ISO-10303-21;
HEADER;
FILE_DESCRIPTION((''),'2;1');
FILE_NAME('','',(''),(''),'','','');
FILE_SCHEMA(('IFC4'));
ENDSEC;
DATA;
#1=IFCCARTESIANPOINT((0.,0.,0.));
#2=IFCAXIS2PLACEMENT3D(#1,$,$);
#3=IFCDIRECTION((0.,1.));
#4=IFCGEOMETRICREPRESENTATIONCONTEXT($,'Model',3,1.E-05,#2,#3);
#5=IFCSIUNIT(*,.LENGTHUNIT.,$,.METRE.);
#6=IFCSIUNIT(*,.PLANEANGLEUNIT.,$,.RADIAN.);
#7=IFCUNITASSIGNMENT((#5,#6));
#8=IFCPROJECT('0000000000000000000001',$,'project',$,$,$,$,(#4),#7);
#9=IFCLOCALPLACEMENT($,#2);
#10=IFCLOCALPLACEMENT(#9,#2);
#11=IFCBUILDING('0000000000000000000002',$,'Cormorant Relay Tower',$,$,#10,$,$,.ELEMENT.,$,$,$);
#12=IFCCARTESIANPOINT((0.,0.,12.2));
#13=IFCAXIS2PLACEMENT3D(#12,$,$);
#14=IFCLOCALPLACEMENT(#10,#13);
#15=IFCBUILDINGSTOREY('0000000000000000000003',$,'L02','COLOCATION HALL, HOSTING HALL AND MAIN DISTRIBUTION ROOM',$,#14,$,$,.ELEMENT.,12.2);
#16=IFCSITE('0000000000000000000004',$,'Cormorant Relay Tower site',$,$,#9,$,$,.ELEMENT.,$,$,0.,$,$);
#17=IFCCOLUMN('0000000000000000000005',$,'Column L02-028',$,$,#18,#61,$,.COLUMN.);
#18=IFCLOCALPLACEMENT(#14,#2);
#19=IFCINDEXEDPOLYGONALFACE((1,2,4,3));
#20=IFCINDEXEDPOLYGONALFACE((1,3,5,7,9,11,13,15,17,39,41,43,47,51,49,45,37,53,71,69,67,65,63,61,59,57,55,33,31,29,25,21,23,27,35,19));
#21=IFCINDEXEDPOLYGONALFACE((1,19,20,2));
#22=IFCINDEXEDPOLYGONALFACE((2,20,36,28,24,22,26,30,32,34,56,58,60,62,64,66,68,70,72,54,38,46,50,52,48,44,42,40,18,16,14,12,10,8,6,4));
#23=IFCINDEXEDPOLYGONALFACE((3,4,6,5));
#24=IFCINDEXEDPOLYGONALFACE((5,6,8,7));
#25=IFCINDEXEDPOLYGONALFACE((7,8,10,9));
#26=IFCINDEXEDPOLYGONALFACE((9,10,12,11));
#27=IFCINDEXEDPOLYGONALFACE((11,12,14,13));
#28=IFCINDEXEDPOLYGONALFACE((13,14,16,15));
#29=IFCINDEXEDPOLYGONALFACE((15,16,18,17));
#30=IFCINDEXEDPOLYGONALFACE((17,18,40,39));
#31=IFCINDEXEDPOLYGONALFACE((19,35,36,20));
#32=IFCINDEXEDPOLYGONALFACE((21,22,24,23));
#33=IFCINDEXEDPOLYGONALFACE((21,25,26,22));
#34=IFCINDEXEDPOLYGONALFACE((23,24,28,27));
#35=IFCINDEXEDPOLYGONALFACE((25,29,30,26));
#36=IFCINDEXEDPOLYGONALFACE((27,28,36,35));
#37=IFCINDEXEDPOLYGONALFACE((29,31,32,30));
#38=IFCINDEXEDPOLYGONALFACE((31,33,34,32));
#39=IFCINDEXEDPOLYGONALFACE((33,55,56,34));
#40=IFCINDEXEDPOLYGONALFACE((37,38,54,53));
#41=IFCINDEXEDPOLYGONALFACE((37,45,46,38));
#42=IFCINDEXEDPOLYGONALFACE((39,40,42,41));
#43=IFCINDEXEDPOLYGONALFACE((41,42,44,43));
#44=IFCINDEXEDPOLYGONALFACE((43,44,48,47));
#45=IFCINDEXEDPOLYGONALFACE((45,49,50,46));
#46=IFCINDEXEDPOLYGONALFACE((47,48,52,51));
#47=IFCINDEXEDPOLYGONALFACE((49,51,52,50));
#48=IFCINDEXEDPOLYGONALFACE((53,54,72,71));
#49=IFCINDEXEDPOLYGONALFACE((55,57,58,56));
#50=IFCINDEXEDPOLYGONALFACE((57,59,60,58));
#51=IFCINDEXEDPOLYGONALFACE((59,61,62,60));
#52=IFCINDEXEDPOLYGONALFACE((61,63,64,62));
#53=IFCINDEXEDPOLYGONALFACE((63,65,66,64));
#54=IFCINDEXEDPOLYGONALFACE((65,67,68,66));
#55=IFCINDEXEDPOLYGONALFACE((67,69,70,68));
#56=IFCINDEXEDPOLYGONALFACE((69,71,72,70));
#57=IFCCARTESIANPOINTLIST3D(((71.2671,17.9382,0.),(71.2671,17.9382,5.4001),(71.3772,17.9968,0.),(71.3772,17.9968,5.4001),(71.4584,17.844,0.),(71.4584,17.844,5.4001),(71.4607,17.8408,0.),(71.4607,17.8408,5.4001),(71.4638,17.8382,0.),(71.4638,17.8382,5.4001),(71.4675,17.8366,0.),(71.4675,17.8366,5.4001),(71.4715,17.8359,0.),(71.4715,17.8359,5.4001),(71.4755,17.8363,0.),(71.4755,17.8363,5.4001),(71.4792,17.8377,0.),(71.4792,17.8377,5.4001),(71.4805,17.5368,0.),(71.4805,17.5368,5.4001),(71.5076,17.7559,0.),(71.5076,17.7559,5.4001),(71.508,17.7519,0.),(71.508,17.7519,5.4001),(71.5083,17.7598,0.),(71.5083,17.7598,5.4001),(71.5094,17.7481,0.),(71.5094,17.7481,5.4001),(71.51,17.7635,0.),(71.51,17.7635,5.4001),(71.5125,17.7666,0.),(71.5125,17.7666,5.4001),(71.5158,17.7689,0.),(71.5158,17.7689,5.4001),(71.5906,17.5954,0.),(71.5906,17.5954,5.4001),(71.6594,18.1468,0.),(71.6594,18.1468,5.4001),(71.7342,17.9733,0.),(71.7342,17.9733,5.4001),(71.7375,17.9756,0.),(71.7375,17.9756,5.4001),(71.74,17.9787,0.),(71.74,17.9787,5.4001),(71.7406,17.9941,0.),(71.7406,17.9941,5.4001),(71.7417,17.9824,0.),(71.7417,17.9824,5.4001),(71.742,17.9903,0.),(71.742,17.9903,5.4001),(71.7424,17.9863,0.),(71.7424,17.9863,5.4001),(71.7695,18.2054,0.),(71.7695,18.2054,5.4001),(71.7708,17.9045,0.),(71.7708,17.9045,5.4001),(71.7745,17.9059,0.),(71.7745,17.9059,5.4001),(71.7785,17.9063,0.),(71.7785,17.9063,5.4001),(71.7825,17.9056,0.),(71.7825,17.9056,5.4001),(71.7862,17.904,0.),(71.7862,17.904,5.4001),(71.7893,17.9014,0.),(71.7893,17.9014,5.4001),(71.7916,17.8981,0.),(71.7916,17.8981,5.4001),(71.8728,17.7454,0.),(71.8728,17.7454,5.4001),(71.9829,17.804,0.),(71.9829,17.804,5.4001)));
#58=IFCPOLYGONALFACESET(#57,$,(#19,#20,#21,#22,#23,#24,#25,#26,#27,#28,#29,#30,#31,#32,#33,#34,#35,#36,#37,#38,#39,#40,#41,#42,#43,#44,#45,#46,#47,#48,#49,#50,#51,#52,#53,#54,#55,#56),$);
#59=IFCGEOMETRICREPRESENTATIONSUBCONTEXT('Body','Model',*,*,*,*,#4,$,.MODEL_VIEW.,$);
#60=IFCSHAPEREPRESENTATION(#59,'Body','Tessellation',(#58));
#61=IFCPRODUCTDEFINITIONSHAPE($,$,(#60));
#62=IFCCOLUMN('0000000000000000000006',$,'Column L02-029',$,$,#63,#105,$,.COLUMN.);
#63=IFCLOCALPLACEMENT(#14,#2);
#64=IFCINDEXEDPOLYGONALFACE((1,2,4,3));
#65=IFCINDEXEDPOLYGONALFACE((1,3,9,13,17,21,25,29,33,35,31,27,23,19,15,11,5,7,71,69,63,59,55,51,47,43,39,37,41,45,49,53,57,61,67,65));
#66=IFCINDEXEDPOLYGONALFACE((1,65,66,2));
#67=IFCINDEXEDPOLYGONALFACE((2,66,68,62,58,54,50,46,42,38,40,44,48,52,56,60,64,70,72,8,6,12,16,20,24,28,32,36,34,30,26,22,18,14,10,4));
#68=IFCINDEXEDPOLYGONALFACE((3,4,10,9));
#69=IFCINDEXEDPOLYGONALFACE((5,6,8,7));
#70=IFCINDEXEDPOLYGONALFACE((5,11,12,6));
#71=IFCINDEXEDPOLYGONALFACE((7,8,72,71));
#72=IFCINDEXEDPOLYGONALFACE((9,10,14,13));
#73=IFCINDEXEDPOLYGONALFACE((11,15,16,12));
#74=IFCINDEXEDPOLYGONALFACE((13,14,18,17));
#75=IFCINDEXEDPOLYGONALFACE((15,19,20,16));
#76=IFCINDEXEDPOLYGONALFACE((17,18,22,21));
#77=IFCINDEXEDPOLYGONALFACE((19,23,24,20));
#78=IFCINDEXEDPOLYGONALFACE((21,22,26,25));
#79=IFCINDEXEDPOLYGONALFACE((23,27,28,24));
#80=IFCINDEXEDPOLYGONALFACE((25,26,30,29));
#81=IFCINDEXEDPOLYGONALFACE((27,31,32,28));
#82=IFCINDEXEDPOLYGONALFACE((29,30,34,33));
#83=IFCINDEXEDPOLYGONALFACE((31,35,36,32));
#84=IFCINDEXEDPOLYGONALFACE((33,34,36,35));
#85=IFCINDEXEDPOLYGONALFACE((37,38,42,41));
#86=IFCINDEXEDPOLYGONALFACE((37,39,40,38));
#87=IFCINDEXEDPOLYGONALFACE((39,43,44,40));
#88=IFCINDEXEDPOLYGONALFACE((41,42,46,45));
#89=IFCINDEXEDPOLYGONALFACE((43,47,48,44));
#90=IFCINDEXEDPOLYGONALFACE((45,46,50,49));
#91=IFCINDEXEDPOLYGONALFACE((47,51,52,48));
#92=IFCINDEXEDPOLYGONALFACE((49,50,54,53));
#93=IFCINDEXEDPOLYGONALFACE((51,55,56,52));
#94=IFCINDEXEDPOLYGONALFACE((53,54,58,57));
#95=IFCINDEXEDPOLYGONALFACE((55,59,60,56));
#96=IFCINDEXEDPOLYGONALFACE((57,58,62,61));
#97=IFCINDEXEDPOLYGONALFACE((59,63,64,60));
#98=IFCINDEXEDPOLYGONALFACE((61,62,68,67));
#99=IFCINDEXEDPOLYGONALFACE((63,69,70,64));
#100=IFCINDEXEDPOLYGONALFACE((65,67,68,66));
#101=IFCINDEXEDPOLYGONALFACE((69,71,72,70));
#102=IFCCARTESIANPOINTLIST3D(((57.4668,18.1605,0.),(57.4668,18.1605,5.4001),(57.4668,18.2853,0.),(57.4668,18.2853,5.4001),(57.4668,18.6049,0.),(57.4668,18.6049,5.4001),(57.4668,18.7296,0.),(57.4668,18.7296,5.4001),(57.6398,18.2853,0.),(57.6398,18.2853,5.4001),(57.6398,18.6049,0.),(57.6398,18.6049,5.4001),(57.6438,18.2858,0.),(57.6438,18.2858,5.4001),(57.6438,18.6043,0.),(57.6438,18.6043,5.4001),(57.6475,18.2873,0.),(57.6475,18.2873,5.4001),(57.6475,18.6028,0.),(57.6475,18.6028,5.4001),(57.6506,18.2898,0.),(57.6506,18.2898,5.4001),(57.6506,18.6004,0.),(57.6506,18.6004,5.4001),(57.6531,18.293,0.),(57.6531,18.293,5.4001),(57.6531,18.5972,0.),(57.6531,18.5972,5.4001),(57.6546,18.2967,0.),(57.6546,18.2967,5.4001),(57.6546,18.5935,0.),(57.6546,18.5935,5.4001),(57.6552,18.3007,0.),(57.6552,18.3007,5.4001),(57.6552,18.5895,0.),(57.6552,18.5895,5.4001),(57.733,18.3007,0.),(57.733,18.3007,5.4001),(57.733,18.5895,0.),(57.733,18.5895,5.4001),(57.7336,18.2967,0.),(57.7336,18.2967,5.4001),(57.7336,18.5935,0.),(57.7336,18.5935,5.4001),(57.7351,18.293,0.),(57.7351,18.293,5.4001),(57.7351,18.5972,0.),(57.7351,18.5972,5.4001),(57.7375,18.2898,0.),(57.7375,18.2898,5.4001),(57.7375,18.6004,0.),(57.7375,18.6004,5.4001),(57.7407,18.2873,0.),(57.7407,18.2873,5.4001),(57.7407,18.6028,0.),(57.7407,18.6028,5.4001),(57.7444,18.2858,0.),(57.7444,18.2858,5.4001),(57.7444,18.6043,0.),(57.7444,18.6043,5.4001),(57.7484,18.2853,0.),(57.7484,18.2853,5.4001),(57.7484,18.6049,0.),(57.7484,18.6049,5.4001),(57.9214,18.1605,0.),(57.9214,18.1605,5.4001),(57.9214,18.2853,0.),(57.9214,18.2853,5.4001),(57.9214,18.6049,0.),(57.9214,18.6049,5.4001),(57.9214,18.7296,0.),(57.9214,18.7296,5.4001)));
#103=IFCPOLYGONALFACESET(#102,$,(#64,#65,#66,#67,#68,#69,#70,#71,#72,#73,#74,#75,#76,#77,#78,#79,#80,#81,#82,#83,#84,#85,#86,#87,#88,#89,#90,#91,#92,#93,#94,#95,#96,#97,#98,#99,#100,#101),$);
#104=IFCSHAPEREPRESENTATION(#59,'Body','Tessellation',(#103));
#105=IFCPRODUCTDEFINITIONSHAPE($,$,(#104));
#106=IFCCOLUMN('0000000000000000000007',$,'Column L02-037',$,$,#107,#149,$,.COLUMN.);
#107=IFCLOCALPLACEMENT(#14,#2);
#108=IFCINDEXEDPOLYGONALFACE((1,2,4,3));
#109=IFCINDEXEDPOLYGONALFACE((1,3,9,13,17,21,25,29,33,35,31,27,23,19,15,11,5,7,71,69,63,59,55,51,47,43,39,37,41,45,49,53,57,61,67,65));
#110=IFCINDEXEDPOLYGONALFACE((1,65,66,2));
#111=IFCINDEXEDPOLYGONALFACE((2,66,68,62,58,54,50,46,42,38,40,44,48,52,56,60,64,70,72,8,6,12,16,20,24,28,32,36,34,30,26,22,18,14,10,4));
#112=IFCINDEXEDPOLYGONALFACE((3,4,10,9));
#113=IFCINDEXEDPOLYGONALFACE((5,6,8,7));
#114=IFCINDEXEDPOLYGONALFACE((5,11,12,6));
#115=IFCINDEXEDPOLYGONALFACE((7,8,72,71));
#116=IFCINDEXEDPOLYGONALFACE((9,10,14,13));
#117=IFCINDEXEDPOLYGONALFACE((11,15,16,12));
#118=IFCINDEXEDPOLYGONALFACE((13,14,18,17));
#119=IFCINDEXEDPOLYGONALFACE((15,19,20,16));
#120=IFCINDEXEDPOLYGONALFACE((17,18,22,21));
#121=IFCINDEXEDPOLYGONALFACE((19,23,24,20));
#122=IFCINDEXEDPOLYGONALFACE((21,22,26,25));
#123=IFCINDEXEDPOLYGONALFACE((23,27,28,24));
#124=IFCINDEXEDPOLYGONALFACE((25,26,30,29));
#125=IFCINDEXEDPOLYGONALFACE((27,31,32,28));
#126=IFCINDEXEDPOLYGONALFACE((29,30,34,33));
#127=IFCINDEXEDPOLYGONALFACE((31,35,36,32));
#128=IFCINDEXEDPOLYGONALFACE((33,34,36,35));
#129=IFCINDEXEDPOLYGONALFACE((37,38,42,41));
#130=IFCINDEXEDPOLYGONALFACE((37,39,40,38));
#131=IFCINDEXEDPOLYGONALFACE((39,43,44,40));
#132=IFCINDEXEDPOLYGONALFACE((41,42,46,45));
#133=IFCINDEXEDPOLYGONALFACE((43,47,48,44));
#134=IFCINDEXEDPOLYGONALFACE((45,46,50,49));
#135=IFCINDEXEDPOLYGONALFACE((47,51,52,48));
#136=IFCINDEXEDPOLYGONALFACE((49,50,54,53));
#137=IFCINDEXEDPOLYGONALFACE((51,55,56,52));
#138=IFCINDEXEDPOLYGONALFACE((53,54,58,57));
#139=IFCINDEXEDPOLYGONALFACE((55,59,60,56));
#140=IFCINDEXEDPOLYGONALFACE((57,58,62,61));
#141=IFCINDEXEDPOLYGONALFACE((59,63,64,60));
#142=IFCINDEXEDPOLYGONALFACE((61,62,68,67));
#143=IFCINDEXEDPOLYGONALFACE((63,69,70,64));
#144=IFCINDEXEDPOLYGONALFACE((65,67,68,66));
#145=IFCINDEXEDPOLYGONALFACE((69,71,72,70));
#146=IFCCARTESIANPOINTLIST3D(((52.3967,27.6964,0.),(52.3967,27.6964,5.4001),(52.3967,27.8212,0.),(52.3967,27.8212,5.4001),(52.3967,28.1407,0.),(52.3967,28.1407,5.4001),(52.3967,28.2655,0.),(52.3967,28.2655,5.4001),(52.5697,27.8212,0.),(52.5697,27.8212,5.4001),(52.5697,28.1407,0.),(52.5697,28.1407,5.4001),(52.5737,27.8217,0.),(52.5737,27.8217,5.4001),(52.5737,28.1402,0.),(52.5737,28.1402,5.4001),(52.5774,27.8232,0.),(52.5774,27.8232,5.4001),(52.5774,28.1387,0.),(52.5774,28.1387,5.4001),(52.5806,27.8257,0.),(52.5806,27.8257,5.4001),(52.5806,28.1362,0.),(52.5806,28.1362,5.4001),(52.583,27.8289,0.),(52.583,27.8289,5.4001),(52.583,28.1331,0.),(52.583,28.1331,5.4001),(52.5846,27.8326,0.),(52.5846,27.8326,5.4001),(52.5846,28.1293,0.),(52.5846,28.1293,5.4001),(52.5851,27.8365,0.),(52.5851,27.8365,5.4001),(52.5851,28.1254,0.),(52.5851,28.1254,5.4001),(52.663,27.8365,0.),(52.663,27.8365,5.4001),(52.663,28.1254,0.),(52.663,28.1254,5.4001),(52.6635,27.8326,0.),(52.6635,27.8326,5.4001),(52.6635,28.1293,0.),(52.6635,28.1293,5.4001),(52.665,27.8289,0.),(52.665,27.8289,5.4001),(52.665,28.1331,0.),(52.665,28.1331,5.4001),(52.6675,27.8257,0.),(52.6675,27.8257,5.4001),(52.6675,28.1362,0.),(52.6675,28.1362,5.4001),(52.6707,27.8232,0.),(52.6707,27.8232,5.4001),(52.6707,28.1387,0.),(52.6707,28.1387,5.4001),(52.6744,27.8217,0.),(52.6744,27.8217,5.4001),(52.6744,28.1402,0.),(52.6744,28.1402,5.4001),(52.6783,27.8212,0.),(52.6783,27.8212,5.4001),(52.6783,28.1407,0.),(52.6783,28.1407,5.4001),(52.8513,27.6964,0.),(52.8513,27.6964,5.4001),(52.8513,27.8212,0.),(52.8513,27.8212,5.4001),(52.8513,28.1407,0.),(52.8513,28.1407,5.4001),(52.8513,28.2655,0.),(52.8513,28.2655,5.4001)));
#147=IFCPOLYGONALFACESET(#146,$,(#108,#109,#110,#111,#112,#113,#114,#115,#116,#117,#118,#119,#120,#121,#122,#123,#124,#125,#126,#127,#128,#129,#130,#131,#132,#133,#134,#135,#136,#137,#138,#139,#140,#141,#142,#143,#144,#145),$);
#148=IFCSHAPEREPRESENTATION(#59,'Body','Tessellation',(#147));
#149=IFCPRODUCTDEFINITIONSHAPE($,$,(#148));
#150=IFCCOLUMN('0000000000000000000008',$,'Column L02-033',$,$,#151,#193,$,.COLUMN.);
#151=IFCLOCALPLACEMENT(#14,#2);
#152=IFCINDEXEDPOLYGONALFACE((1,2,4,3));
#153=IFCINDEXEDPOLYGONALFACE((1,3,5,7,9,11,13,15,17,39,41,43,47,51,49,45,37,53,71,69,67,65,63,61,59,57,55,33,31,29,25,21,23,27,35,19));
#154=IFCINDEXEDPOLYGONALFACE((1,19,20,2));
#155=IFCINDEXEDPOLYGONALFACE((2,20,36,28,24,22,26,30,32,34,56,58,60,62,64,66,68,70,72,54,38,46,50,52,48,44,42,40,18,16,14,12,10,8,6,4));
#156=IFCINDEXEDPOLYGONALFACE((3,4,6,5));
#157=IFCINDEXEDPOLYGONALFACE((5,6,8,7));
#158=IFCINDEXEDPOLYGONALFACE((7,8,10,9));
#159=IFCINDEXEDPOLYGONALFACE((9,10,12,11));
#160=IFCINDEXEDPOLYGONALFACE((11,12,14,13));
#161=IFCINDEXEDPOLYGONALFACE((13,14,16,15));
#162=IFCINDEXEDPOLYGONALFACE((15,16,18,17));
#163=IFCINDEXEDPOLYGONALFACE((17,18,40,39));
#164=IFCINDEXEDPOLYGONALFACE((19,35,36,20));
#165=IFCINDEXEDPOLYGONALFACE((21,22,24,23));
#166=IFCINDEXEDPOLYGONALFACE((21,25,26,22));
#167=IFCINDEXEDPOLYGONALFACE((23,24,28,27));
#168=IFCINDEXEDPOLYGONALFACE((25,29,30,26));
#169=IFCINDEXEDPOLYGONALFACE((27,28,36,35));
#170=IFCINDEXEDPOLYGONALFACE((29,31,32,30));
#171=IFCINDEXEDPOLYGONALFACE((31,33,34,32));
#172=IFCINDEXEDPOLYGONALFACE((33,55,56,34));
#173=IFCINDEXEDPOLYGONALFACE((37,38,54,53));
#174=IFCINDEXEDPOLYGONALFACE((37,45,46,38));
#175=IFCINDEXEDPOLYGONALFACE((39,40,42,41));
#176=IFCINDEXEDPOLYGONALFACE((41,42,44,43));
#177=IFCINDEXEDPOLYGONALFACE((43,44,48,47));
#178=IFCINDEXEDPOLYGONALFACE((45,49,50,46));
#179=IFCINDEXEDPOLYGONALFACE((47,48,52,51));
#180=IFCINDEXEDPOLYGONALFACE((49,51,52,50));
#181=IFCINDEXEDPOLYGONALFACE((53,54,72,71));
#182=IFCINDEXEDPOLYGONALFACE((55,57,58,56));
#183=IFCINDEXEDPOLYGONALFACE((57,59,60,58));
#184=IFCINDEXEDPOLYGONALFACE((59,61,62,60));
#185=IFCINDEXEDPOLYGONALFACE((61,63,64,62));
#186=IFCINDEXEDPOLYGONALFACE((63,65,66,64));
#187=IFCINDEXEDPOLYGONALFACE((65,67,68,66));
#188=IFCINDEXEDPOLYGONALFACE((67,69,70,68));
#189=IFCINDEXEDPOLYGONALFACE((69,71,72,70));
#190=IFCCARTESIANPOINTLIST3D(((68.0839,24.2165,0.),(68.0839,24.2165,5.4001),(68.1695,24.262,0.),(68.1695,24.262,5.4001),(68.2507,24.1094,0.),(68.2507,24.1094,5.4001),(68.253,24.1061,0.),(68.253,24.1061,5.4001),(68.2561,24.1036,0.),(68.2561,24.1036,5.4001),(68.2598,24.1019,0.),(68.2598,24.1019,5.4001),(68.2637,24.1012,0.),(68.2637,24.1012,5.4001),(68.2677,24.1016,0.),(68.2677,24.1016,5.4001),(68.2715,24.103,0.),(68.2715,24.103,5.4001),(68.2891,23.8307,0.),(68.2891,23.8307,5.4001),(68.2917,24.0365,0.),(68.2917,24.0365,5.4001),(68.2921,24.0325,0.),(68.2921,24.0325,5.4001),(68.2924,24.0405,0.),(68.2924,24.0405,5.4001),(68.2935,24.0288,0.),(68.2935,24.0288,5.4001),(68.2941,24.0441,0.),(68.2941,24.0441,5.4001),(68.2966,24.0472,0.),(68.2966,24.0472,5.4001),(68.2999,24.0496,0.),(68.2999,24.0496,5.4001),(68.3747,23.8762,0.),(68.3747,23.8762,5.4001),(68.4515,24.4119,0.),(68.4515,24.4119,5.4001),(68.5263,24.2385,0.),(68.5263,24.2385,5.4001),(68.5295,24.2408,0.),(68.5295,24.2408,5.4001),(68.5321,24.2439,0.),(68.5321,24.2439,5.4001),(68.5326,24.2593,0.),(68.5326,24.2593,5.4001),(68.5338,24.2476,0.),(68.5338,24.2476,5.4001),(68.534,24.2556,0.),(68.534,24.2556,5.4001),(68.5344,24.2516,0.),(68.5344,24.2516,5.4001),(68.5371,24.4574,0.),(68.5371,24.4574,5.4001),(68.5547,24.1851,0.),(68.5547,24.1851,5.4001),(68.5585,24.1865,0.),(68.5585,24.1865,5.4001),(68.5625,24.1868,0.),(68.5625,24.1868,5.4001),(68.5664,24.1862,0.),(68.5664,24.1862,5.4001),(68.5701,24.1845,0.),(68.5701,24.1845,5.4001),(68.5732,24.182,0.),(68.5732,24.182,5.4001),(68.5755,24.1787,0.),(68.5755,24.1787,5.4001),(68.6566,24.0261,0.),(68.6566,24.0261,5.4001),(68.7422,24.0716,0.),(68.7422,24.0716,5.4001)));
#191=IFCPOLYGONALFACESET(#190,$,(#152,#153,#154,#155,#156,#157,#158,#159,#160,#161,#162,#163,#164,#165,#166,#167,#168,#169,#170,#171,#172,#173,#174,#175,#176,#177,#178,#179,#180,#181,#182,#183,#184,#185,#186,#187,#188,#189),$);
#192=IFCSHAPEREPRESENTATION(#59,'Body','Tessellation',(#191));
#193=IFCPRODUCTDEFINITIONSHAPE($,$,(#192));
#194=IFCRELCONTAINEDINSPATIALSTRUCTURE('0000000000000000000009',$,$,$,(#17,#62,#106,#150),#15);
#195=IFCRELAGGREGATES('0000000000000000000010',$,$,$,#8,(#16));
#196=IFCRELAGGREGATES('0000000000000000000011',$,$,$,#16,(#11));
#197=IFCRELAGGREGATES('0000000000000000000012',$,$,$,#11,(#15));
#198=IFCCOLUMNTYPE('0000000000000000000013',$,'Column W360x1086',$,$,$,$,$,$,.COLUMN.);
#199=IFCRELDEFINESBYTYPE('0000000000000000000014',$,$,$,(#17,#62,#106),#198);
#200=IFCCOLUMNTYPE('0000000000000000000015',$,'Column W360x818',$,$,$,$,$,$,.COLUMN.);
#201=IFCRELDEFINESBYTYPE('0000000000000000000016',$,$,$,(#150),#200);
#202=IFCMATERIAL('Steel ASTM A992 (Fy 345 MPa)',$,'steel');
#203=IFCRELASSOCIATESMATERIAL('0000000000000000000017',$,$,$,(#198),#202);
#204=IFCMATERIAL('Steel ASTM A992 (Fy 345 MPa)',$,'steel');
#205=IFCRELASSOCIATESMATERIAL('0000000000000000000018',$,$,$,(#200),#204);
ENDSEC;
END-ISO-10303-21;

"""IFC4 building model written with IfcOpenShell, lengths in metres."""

from ifc_helpers import new_model, si_unit, direction, frame, origin, origin_2d, place, context, subcontext, project, spatial, i_section, extrude, material, material_profile, profile_set, type_object, element, save


model = new_model("IFC4")

# Units and contexts
model_context = context("Model", 3, precision=1e-05, world=origin(), true_north=direction((0.0, 1.0)))
body_context = subcontext(model_context, "Body", "Model", "MODEL_VIEW")
ifc_project = project(units=[si_unit("LENGTHUNIT", "METRE"), si_unit("PLANEANGLEUNIT", "RADIAN")], contexts=[model_context])

# Site, building, storey
site_placement = place(None, origin())
site = spatial("IfcSite", under=ifc_project, at=site_placement, Name="Cormorant Relay Tower site", CompositionType="ELEMENT", RefElevation=0.0)
building_placement = place(site_placement, origin())
building = spatial("IfcBuilding", under=site, at=building_placement, Name="Cormorant Relay Tower", CompositionType="ELEMENT")
storey_placement = place(building_placement, frame((0.0, 0.0, 12.2)))
storey = spatial("IfcBuildingStorey", under=building, at=storey_placement, Name="L02", Description="COLOCATION HALL, HOSTING HALL AND MAIN DISTRIBUTION ROOM", CompositionType="ELEMENT", Elevation=12.2)

# Columns
ifc_material_1 = material(Name="Steel ASTM A992 (Fy 345 MPa)", Category="steel")
ifc_material_profile_1 = material_profile(ifc_material_1, i_section(OverallWidth=0.4546, OverallDepth=0.5691, WebThickness=0.0779, FlangeThickness=0.1248, FilletRadius=0.0154, at=origin_2d()), Name="W360x1086")
ifc_profile_set_1 = profile_set([ifc_material_profile_1], Name="Steel ASTM A992 (Fy 345 MPa)")
column_type_1 = type_object("IfcColumnType", Name="Column W360x1086", PredefinedType="COLUMN", material=ifc_profile_set_1)
for number, where, z_axis, x_axis, name in (
    (1, (71.625, 17.8711, 0.0), (0.0, 0.0, 1.0), (-0.469472, 0.882948, 0.0), "Column L02-028"),
    (2, (57.6941, 18.4451, 0.0), (0.0, 0.0, 1.0), (1.0, 0.0, 0.0), "Column L02-029"),
    (3, (52.624, 27.981, 0.0), (0.0, 0.0, 1.0), (1.0, 0.0, 0.0), "Column L02-037"),
):
    element("IfcColumn", number, at=place(storey_placement, frame(where, z_axis=z_axis, x_axis=x_axis)), inside=storey, type_object=column_type_1, Name=name, PredefinedType="COLUMN", context=body_context, shape_type="SweptSolid", body=[
        extrude(i_section(OverallWidth=0.4546, OverallDepth=0.5691, WebThickness=0.0779, FlangeThickness=0.1248, FilletRadius=0.0154, at=origin_2d()), origin(), (0.0, 0.0, 1.0), 5.4001),
    ])
ifc_material_2 = material(Name="Steel ASTM A992 (Fy 345 MPa)", Category="steel")
ifc_material_profile_2 = material_profile(ifc_material_2, i_section(OverallWidth=0.437, OverallDepth=0.5132, WebThickness=0.0605, FlangeThickness=0.0969, FilletRadius=0.0154, at=origin_2d()), Name="W360x818")
ifc_profile_set_2 = profile_set([ifc_material_profile_2], Name="Steel ASTM A992 (Fy 345 MPa)")
column_type_2 = type_object("IfcColumnType", Name="Column W360x818", PredefinedType="COLUMN", material=ifc_profile_set_2)
for number, where, z_axis, x_axis, name in (
    (4, (68.4131, 24.144, 0.0), (0.0, 0.0, 1.0), (-0.469472, 0.882948, 0.0), "Column L02-033"),
):
    element("IfcColumn", number, at=place(storey_placement, frame(where, z_axis=z_axis, x_axis=x_axis)), inside=storey, type_object=column_type_2, Name=name, PredefinedType="COLUMN", context=body_context, shape_type="SweptSolid", body=[
        extrude(i_section(OverallWidth=0.437, OverallDepth=0.5132, WebThickness=0.0605, FlangeThickness=0.0969, FilletRadius=0.0154, at=origin_2d()), origin(), (0.0, 0.0, 1.0), 5.4001),
    ])

save(model, "model.ifc")
